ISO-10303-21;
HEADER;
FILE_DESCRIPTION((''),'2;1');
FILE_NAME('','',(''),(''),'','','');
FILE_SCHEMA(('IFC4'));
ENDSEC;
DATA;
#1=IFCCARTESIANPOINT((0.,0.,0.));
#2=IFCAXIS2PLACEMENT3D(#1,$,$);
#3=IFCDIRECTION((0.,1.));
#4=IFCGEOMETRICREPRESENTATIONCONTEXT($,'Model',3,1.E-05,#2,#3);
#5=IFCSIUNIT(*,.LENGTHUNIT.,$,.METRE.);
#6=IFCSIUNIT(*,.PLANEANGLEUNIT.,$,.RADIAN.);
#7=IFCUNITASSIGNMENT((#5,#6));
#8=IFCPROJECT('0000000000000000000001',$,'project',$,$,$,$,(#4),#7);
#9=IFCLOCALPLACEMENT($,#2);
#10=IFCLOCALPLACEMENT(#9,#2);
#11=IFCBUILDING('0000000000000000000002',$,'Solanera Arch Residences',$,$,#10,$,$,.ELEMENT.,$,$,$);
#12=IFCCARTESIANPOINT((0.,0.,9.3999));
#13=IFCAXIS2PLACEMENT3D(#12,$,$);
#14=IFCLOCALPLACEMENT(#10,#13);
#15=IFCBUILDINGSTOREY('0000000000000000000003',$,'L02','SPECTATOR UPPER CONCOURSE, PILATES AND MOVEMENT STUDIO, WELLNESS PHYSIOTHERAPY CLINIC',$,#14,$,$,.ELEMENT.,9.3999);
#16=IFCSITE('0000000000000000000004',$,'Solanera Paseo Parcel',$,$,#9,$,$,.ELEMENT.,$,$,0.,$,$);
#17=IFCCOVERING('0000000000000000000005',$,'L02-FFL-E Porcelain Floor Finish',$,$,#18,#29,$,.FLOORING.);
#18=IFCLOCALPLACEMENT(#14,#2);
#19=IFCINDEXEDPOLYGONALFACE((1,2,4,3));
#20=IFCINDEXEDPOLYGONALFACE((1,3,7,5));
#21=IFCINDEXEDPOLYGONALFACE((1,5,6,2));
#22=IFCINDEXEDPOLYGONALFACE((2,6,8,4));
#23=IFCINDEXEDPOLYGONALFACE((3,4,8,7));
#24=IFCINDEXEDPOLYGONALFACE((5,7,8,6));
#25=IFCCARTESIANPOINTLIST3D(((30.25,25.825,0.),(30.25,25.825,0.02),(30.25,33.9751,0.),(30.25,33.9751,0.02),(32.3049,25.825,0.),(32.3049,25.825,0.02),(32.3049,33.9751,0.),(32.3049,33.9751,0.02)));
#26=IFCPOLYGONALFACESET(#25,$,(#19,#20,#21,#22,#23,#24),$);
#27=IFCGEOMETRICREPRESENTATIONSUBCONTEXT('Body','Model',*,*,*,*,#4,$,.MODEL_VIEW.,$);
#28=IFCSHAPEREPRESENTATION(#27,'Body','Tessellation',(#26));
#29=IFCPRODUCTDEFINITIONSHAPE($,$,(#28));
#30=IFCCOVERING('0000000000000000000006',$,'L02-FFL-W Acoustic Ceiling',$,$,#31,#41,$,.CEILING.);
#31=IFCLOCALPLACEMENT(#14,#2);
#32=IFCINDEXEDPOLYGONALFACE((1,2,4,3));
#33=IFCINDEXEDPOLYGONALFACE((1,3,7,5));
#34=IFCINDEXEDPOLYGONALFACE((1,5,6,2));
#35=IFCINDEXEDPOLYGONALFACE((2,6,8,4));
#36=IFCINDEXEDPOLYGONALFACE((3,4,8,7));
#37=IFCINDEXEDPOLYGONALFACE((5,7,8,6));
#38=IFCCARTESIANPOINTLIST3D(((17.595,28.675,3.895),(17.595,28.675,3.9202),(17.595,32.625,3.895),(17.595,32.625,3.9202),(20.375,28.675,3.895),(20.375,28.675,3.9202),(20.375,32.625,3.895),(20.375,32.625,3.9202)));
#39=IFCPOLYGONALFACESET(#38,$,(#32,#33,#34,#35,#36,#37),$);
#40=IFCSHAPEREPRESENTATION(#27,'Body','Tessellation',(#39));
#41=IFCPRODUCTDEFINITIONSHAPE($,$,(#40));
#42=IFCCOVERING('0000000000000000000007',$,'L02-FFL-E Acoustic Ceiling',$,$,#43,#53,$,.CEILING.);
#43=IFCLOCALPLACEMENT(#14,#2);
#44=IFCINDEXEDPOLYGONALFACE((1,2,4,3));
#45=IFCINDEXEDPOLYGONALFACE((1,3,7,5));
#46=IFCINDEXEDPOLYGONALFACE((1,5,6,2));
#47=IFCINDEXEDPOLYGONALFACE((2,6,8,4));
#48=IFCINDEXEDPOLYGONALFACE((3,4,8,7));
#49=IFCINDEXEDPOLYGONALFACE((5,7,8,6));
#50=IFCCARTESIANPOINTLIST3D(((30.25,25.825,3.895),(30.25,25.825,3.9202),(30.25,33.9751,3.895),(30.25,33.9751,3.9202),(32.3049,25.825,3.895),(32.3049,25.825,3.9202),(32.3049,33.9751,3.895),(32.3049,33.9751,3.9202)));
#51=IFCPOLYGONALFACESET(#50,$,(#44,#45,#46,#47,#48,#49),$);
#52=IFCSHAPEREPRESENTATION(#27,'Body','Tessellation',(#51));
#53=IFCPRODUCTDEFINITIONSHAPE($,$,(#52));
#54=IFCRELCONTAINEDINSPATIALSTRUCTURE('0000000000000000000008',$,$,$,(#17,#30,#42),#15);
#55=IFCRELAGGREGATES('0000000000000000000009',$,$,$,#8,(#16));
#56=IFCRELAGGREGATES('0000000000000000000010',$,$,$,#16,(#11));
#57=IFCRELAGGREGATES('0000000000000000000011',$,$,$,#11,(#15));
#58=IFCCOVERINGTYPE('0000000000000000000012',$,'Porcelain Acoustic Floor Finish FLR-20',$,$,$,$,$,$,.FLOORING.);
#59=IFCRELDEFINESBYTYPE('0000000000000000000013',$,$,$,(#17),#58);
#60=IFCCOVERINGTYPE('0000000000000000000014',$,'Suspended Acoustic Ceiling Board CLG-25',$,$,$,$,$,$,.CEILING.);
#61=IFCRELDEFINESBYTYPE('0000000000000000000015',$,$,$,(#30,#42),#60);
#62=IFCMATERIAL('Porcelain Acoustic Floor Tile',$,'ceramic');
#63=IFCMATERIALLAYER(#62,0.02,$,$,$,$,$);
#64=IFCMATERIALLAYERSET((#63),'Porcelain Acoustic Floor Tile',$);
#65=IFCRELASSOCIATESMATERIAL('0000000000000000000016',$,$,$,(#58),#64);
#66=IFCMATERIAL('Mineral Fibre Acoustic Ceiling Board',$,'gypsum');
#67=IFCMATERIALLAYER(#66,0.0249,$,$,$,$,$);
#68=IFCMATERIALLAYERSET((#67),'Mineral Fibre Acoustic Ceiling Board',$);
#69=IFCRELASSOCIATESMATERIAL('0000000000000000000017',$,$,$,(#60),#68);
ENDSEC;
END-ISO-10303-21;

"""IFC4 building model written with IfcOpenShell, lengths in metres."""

from ifc_helpers import new_model, si_unit, direction, frame, origin, place, context, subcontext, project, spatial, polyline, outline, extrude, material, layer, layer_set, type_object, element, save


model = new_model("IFC4")

# Units and contexts
model_context = context("Model", 3, precision=1e-05, world=origin(), true_north=direction((0.0, 1.0)))
body_context = subcontext(model_context, "Body", "Model", "MODEL_VIEW")
ifc_project = project(units=[si_unit("LENGTHUNIT", "METRE"), si_unit("PLANEANGLEUNIT", "RADIAN")], contexts=[model_context])

# Site, building, storey
site_placement = place(None, origin())
site = spatial("IfcSite", under=ifc_project, at=site_placement, Name="Solanera Paseo Parcel", CompositionType="ELEMENT", RefElevation=0.0)
building_placement = place(site_placement, origin())
building = spatial("IfcBuilding", under=site, at=building_placement, Name="Solanera Arch Residences", CompositionType="ELEMENT")
storey_placement = place(building_placement, frame((0.0, 0.0, 9.3999)))
storey = spatial("IfcBuildingStorey", under=building, at=storey_placement, Name="L02", Description="SPECTATOR UPPER CONCOURSE, PILATES AND MOVEMENT STUDIO, WELLNESS PHYSIOTHERAPY CLINIC", CompositionType="ELEMENT", Elevation=9.3999)

# Coverings
ifc_material_1 = material(Name="Porcelain Acoustic Floor Tile", Category="ceramic")
ifc_layer_1 = layer(ifc_material_1, 0.02)
ifc_layer_set_1 = layer_set([ifc_layer_1], Name="Porcelain Acoustic Floor Tile")
covering_type_1 = type_object("IfcCoveringType", Name="Porcelain Acoustic Floor Finish FLR-20", PredefinedType="FLOORING", material=ifc_layer_set_1)
covering_1_placement = place(storey_placement, origin())
element("IfcCovering", 1, at=covering_1_placement, inside=storey, type_object=covering_type_1, Name="L02-FFL-E Porcelain Floor Finish", PredefinedType="FLOORING", context=body_context, shape_type="SweptSolid", body=[
    extrude(outline(polyline([(32.3049, 25.825), (30.25, 25.825), (30.25, 33.9751), (32.3049, 33.9751), (32.3049, 25.825)])), origin(), (0.0, 0.0, 1.0), 0.02),
])
ifc_material_2 = material(Name="Mineral Fibre Acoustic Ceiling Board", Category="gypsum")
ifc_layer_2 = layer(ifc_material_2, 0.0249)
ifc_layer_set_2 = layer_set([ifc_layer_2], Name="Mineral Fibre Acoustic Ceiling Board")
covering_type_2 = type_object("IfcCoveringType", Name="Suspended Acoustic Ceiling Board CLG-25", PredefinedType="CEILING", material=ifc_layer_set_2)
covering_2_placement = place(storey_placement, frame((0.0, 0.0, 3.895)))
element("IfcCovering", 2, at=covering_2_placement, inside=storey, type_object=covering_type_2, Name="L02-FFL-W Acoustic Ceiling", PredefinedType="CEILING", context=body_context, shape_type="SweptSolid", body=[
    extrude(outline(polyline([(20.375, 28.675), (17.595, 28.675), (17.595, 32.625), (20.375, 32.625), (20.375, 28.675)])), origin(), (0.0, 0.0, 1.0), 0.0251),
])
covering_3_placement = place(storey_placement, frame((0.0, 0.0, 3.895)))
element("IfcCovering", 3, at=covering_3_placement, inside=storey, type_object=covering_type_2, Name="L02-FFL-E Acoustic Ceiling", PredefinedType="CEILING", context=body_context, shape_type="SweptSolid", body=[
    extrude(outline(polyline([(32.3049, 25.825), (30.25, 25.825), (30.25, 33.9751), (32.3049, 33.9751), (32.3049, 25.825)])), origin(), (0.0, 0.0, 1.0), 0.0251),
])

save(model, "model.ifc")
